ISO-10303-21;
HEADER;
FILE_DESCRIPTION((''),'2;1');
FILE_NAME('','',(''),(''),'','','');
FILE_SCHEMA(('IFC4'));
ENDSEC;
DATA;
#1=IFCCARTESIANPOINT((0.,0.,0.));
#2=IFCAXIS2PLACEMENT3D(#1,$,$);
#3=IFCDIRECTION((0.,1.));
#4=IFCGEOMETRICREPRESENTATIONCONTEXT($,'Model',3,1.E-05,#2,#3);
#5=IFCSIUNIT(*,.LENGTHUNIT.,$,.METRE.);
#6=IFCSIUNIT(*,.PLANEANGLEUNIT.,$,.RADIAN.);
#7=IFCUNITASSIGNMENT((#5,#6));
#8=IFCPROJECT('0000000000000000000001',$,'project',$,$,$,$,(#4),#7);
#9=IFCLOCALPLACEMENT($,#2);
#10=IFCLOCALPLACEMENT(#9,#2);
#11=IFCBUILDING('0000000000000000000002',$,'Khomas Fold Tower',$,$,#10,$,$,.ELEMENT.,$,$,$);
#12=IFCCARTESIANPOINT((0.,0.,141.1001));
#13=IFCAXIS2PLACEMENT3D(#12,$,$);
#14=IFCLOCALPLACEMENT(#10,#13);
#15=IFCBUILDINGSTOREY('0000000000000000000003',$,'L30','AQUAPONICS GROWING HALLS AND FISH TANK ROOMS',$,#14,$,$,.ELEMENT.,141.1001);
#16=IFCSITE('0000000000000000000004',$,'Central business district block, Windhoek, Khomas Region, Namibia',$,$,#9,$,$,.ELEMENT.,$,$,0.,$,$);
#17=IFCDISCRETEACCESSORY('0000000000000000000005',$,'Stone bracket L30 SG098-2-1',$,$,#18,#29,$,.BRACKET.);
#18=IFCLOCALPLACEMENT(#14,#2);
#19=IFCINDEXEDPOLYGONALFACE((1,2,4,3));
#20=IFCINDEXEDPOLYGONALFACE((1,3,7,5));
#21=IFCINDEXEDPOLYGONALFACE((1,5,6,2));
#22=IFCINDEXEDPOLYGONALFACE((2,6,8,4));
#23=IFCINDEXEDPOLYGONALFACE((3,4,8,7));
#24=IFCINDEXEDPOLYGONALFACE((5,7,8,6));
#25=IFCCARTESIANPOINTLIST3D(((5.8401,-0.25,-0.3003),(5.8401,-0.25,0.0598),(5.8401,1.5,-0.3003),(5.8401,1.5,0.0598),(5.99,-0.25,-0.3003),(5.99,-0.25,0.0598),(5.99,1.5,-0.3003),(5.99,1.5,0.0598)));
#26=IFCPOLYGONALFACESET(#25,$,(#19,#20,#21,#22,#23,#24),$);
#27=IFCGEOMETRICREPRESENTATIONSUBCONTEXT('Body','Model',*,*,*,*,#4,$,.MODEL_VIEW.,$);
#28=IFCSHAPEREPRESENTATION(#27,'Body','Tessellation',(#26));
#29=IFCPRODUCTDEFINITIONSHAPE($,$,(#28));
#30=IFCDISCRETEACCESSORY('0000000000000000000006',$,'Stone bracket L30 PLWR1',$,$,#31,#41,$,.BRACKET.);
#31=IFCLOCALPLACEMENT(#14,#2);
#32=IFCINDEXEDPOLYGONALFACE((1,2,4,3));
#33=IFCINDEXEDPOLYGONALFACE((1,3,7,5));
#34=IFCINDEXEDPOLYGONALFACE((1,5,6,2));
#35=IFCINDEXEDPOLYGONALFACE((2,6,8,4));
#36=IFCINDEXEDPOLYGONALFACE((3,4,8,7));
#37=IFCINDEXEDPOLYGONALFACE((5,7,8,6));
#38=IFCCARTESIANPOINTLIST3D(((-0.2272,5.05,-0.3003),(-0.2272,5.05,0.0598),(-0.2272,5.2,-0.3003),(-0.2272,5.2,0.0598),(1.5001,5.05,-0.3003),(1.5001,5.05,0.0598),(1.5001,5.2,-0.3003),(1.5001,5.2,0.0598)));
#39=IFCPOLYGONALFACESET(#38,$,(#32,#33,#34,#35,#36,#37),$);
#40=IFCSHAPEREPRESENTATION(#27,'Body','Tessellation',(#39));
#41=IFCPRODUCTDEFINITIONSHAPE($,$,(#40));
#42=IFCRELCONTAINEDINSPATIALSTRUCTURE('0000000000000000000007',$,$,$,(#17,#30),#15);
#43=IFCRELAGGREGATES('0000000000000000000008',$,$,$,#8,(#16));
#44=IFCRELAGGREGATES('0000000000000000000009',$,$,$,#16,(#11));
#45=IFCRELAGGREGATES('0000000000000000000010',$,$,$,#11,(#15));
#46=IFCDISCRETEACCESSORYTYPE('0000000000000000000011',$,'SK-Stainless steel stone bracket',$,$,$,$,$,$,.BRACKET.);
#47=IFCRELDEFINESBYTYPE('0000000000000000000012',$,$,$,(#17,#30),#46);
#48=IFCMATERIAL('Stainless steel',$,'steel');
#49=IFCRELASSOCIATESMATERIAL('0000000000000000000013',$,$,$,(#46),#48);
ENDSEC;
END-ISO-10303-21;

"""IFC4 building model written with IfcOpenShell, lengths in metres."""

from ifc_helpers import new_model, si_unit, direction, frame, origin, origin_2d, place, context, subcontext, project, spatial, rectangle, extrude, source, transform, mapped, material, type_object, element, save


model = new_model("IFC4")

# Units and contexts
model_context = context("Model", 3, precision=1e-05, world=origin(), true_north=direction((0.0, 1.0)))
body_context = subcontext(model_context, "Body", "Model", "MODEL_VIEW")
ifc_project = project(units=[si_unit("LENGTHUNIT", "METRE"), si_unit("PLANEANGLEUNIT", "RADIAN")], contexts=[model_context])

# Site, building, storey
site_placement = place(None, origin())
site = spatial("IfcSite", under=ifc_project, at=site_placement, Name="Central business district block, Windhoek, Khomas Region, Namibia", CompositionType="ELEMENT", RefElevation=0.0)
building_placement = place(site_placement, origin())
building = spatial("IfcBuilding", under=site, at=building_placement, Name="Khomas Fold Tower", CompositionType="ELEMENT")
storey_placement = place(building_placement, frame((0.0, 0.0, 141.1001)))
storey = spatial("IfcBuildingStorey", under=building, at=storey_placement, Name="L30", Description="AQUAPONICS GROWING HALLS AND FISH TANK ROOMS", CompositionType="ELEMENT", Elevation=141.1001)

# Discrete accessories
ifc_material_1 = material(Name="Stainless steel", Category="steel")
discrete_accessory_type = type_object("IfcDiscreteAccessoryType", Name="SK-Stainless steel stone bracket", PredefinedType="BRACKET", material=ifc_material_1)
shared_shape_1 = source(origin(), body_context, "Body", "SweptSolid", [
    extrude(rectangle(XDim=1.75, YDim=0.1499, at=origin_2d()), origin(), (0.0, 0.0, 1.0), 0.3601),
])
discrete_accessory_1_placement = place(storey_placement, frame((5.915, 0.625, -0.3003), z_axis=(0.0, 0.0, 1.0), x_axis=(0.0, -1.0, 0.0)))
element("IfcDiscreteAccessory", 1, at=discrete_accessory_1_placement, inside=storey, type_object=discrete_accessory_type, Name="Stone bracket L30 SG098-2-1", PredefinedType="BRACKET", context=body_context, shape_type="MappedRepresentation", body=[
    mapped(shared_shape_1, transform((0.0, 0.0, 0.0))),
])
shared_shape_2 = source(origin(), body_context, "Body", "SweptSolid", [
    extrude(rectangle(XDim=1.7273, YDim=0.1499, at=origin_2d()), origin(), (0.0, 0.0, 1.0), 0.3601),
])
discrete_accessory_2_placement = place(storey_placement, frame((0.6365, 5.125, -0.3003), z_axis=(0.0, 0.0, 1.0), x_axis=(-1.0, 0.0, 0.0)))
element("IfcDiscreteAccessory", 2, at=discrete_accessory_2_placement, inside=storey, type_object=discrete_accessory_type, Name="Stone bracket L30 PLWR1", PredefinedType="BRACKET", context=body_context, shape_type="MappedRepresentation", body=[
    mapped(shared_shape_2, transform((0.0, 0.0, 0.0))),
])

save(model, "model.ifc")
